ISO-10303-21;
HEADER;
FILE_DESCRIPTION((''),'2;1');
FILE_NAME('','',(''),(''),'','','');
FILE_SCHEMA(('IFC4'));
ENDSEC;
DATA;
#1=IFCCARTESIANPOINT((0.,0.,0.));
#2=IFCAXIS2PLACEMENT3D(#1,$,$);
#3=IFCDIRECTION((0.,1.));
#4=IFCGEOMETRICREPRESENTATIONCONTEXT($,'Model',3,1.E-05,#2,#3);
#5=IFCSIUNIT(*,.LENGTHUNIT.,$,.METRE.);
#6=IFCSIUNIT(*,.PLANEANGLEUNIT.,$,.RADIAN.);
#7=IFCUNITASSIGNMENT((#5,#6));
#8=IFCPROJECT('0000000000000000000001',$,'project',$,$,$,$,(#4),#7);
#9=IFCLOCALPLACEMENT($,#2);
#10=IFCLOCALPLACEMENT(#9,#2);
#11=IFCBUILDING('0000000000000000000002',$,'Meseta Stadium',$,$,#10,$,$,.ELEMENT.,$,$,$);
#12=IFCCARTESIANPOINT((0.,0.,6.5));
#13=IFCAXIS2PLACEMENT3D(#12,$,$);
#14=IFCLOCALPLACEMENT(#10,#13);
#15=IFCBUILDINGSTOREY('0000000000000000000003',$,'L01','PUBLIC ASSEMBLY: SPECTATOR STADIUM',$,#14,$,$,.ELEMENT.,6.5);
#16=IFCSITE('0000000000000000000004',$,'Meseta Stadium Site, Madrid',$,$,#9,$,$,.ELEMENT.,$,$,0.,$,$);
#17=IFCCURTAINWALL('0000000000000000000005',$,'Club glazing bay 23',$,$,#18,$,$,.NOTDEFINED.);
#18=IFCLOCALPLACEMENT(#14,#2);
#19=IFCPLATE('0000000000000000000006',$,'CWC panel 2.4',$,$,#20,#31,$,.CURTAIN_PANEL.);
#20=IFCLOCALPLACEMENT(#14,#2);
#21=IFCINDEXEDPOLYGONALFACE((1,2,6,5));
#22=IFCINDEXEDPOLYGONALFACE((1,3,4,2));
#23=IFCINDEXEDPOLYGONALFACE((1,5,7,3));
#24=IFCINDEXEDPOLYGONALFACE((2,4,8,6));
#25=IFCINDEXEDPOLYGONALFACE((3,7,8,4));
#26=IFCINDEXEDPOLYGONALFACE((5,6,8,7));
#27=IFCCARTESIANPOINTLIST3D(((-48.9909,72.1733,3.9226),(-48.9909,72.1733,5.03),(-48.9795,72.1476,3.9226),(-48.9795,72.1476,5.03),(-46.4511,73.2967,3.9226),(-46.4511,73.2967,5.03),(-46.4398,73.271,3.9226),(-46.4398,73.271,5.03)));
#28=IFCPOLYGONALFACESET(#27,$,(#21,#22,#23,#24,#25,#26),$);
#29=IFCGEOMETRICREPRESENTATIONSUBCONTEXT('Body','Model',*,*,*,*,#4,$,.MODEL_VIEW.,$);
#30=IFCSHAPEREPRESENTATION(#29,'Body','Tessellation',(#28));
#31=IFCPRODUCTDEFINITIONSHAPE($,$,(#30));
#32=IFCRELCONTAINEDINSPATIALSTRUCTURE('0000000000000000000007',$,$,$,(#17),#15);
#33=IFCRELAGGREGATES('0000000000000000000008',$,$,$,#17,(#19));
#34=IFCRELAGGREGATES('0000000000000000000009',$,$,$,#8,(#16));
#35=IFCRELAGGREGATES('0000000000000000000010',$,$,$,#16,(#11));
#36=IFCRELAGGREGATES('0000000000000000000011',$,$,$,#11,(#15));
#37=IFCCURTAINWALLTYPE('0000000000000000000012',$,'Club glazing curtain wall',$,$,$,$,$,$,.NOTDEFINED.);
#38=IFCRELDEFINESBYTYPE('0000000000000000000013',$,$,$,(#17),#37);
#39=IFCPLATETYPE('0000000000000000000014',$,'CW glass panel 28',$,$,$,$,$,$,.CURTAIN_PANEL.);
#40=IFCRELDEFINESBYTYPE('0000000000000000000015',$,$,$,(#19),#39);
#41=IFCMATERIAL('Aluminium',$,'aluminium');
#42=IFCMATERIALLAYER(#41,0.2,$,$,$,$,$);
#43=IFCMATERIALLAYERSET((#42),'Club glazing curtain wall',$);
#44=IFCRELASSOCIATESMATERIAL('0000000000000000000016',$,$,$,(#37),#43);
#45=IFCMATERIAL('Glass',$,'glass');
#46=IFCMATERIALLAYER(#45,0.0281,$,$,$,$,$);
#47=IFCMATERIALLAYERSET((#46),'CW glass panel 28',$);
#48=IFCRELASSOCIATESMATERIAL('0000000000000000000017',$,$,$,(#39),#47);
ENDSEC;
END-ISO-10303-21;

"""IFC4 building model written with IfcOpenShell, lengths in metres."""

from ifc_helpers import new_model, si_unit, direction, frame, origin, origin_2d, place, context, subcontext, project, spatial, rectangle, extrude, material, layer, layer_set, type_object, element, aggregate, save


model = new_model("IFC4")

# Units and contexts
model_context = context("Model", 3, precision=1e-05, world=origin(), true_north=direction((0.0, 1.0)))
body_context = subcontext(model_context, "Body", "Model", "MODEL_VIEW")
ifc_project = project(units=[si_unit("LENGTHUNIT", "METRE"), si_unit("PLANEANGLEUNIT", "RADIAN")], contexts=[model_context])

# Site, building, storey
site_placement = place(None, origin())
site = spatial("IfcSite", under=ifc_project, at=site_placement, Name="Meseta Stadium Site, Madrid", CompositionType="ELEMENT", RefElevation=0.0)
building_placement = place(site_placement, origin())
building = spatial("IfcBuilding", under=site, at=building_placement, Name="Meseta Stadium", CompositionType="ELEMENT")
storey_placement = place(building_placement, frame((0.0, 0.0, 6.5)))
storey = spatial("IfcBuildingStorey", under=building, at=storey_placement, Name="L01", Description="PUBLIC ASSEMBLY: SPECTATOR STADIUM", CompositionType="ELEMENT", Elevation=6.5)

# Shared definitions
ifc_material_1 = material(Name="Aluminium", Category="aluminium")
ifc_layer_1 = layer(ifc_material_1, 0.2)
ifc_layer_set_1 = layer_set([ifc_layer_1], Name="Club glazing curtain wall")
curtain_wall_type = type_object("IfcCurtainWallType", Name="Club glazing curtain wall", PredefinedType="NOTDEFINED", material=ifc_layer_set_1)

# Curtain wall
curtain_wall_1_placement = place(storey_placement, origin())
curtain_wall_1 = element("IfcCurtainWall", 1, at=curtain_wall_1_placement, inside=storey, type_object=curtain_wall_type, Name="Club glazing bay 23", PredefinedType="NOTDEFINED")

# Plate
ifc_material_2 = material(Name="Glass", Category="glass")
ifc_layer_2 = layer(ifc_material_2, 0.0281)
ifc_layer_set_2 = layer_set([ifc_layer_2], Name="CW glass panel 28")
plate_type = type_object("IfcPlateType", Name="CW glass panel 28", PredefinedType="CURTAIN_PANEL", material=ifc_layer_set_2)
plate_1_placement = place(storey_placement, frame((-47.7153, 72.7222, 3.9226), z_axis=(0.0, 0.0, 1.0), x_axis=(-0.914527, -0.404524, 0.0)))
plate_1 = element("IfcPlate", 2, at=plate_1_placement, type_object=plate_type, Name="CWC panel 2.4", PredefinedType="CURTAIN_PANEL", context=body_context, shape_type="SweptSolid", body=[
    extrude(rectangle(XDim=2.7771, YDim=0.0281, at=origin_2d()), origin(), (0.0, 0.0, 1.0), 1.1074),
])
aggregate(curtain_wall_1, [plate_1])

save(model, "model.ifc")
